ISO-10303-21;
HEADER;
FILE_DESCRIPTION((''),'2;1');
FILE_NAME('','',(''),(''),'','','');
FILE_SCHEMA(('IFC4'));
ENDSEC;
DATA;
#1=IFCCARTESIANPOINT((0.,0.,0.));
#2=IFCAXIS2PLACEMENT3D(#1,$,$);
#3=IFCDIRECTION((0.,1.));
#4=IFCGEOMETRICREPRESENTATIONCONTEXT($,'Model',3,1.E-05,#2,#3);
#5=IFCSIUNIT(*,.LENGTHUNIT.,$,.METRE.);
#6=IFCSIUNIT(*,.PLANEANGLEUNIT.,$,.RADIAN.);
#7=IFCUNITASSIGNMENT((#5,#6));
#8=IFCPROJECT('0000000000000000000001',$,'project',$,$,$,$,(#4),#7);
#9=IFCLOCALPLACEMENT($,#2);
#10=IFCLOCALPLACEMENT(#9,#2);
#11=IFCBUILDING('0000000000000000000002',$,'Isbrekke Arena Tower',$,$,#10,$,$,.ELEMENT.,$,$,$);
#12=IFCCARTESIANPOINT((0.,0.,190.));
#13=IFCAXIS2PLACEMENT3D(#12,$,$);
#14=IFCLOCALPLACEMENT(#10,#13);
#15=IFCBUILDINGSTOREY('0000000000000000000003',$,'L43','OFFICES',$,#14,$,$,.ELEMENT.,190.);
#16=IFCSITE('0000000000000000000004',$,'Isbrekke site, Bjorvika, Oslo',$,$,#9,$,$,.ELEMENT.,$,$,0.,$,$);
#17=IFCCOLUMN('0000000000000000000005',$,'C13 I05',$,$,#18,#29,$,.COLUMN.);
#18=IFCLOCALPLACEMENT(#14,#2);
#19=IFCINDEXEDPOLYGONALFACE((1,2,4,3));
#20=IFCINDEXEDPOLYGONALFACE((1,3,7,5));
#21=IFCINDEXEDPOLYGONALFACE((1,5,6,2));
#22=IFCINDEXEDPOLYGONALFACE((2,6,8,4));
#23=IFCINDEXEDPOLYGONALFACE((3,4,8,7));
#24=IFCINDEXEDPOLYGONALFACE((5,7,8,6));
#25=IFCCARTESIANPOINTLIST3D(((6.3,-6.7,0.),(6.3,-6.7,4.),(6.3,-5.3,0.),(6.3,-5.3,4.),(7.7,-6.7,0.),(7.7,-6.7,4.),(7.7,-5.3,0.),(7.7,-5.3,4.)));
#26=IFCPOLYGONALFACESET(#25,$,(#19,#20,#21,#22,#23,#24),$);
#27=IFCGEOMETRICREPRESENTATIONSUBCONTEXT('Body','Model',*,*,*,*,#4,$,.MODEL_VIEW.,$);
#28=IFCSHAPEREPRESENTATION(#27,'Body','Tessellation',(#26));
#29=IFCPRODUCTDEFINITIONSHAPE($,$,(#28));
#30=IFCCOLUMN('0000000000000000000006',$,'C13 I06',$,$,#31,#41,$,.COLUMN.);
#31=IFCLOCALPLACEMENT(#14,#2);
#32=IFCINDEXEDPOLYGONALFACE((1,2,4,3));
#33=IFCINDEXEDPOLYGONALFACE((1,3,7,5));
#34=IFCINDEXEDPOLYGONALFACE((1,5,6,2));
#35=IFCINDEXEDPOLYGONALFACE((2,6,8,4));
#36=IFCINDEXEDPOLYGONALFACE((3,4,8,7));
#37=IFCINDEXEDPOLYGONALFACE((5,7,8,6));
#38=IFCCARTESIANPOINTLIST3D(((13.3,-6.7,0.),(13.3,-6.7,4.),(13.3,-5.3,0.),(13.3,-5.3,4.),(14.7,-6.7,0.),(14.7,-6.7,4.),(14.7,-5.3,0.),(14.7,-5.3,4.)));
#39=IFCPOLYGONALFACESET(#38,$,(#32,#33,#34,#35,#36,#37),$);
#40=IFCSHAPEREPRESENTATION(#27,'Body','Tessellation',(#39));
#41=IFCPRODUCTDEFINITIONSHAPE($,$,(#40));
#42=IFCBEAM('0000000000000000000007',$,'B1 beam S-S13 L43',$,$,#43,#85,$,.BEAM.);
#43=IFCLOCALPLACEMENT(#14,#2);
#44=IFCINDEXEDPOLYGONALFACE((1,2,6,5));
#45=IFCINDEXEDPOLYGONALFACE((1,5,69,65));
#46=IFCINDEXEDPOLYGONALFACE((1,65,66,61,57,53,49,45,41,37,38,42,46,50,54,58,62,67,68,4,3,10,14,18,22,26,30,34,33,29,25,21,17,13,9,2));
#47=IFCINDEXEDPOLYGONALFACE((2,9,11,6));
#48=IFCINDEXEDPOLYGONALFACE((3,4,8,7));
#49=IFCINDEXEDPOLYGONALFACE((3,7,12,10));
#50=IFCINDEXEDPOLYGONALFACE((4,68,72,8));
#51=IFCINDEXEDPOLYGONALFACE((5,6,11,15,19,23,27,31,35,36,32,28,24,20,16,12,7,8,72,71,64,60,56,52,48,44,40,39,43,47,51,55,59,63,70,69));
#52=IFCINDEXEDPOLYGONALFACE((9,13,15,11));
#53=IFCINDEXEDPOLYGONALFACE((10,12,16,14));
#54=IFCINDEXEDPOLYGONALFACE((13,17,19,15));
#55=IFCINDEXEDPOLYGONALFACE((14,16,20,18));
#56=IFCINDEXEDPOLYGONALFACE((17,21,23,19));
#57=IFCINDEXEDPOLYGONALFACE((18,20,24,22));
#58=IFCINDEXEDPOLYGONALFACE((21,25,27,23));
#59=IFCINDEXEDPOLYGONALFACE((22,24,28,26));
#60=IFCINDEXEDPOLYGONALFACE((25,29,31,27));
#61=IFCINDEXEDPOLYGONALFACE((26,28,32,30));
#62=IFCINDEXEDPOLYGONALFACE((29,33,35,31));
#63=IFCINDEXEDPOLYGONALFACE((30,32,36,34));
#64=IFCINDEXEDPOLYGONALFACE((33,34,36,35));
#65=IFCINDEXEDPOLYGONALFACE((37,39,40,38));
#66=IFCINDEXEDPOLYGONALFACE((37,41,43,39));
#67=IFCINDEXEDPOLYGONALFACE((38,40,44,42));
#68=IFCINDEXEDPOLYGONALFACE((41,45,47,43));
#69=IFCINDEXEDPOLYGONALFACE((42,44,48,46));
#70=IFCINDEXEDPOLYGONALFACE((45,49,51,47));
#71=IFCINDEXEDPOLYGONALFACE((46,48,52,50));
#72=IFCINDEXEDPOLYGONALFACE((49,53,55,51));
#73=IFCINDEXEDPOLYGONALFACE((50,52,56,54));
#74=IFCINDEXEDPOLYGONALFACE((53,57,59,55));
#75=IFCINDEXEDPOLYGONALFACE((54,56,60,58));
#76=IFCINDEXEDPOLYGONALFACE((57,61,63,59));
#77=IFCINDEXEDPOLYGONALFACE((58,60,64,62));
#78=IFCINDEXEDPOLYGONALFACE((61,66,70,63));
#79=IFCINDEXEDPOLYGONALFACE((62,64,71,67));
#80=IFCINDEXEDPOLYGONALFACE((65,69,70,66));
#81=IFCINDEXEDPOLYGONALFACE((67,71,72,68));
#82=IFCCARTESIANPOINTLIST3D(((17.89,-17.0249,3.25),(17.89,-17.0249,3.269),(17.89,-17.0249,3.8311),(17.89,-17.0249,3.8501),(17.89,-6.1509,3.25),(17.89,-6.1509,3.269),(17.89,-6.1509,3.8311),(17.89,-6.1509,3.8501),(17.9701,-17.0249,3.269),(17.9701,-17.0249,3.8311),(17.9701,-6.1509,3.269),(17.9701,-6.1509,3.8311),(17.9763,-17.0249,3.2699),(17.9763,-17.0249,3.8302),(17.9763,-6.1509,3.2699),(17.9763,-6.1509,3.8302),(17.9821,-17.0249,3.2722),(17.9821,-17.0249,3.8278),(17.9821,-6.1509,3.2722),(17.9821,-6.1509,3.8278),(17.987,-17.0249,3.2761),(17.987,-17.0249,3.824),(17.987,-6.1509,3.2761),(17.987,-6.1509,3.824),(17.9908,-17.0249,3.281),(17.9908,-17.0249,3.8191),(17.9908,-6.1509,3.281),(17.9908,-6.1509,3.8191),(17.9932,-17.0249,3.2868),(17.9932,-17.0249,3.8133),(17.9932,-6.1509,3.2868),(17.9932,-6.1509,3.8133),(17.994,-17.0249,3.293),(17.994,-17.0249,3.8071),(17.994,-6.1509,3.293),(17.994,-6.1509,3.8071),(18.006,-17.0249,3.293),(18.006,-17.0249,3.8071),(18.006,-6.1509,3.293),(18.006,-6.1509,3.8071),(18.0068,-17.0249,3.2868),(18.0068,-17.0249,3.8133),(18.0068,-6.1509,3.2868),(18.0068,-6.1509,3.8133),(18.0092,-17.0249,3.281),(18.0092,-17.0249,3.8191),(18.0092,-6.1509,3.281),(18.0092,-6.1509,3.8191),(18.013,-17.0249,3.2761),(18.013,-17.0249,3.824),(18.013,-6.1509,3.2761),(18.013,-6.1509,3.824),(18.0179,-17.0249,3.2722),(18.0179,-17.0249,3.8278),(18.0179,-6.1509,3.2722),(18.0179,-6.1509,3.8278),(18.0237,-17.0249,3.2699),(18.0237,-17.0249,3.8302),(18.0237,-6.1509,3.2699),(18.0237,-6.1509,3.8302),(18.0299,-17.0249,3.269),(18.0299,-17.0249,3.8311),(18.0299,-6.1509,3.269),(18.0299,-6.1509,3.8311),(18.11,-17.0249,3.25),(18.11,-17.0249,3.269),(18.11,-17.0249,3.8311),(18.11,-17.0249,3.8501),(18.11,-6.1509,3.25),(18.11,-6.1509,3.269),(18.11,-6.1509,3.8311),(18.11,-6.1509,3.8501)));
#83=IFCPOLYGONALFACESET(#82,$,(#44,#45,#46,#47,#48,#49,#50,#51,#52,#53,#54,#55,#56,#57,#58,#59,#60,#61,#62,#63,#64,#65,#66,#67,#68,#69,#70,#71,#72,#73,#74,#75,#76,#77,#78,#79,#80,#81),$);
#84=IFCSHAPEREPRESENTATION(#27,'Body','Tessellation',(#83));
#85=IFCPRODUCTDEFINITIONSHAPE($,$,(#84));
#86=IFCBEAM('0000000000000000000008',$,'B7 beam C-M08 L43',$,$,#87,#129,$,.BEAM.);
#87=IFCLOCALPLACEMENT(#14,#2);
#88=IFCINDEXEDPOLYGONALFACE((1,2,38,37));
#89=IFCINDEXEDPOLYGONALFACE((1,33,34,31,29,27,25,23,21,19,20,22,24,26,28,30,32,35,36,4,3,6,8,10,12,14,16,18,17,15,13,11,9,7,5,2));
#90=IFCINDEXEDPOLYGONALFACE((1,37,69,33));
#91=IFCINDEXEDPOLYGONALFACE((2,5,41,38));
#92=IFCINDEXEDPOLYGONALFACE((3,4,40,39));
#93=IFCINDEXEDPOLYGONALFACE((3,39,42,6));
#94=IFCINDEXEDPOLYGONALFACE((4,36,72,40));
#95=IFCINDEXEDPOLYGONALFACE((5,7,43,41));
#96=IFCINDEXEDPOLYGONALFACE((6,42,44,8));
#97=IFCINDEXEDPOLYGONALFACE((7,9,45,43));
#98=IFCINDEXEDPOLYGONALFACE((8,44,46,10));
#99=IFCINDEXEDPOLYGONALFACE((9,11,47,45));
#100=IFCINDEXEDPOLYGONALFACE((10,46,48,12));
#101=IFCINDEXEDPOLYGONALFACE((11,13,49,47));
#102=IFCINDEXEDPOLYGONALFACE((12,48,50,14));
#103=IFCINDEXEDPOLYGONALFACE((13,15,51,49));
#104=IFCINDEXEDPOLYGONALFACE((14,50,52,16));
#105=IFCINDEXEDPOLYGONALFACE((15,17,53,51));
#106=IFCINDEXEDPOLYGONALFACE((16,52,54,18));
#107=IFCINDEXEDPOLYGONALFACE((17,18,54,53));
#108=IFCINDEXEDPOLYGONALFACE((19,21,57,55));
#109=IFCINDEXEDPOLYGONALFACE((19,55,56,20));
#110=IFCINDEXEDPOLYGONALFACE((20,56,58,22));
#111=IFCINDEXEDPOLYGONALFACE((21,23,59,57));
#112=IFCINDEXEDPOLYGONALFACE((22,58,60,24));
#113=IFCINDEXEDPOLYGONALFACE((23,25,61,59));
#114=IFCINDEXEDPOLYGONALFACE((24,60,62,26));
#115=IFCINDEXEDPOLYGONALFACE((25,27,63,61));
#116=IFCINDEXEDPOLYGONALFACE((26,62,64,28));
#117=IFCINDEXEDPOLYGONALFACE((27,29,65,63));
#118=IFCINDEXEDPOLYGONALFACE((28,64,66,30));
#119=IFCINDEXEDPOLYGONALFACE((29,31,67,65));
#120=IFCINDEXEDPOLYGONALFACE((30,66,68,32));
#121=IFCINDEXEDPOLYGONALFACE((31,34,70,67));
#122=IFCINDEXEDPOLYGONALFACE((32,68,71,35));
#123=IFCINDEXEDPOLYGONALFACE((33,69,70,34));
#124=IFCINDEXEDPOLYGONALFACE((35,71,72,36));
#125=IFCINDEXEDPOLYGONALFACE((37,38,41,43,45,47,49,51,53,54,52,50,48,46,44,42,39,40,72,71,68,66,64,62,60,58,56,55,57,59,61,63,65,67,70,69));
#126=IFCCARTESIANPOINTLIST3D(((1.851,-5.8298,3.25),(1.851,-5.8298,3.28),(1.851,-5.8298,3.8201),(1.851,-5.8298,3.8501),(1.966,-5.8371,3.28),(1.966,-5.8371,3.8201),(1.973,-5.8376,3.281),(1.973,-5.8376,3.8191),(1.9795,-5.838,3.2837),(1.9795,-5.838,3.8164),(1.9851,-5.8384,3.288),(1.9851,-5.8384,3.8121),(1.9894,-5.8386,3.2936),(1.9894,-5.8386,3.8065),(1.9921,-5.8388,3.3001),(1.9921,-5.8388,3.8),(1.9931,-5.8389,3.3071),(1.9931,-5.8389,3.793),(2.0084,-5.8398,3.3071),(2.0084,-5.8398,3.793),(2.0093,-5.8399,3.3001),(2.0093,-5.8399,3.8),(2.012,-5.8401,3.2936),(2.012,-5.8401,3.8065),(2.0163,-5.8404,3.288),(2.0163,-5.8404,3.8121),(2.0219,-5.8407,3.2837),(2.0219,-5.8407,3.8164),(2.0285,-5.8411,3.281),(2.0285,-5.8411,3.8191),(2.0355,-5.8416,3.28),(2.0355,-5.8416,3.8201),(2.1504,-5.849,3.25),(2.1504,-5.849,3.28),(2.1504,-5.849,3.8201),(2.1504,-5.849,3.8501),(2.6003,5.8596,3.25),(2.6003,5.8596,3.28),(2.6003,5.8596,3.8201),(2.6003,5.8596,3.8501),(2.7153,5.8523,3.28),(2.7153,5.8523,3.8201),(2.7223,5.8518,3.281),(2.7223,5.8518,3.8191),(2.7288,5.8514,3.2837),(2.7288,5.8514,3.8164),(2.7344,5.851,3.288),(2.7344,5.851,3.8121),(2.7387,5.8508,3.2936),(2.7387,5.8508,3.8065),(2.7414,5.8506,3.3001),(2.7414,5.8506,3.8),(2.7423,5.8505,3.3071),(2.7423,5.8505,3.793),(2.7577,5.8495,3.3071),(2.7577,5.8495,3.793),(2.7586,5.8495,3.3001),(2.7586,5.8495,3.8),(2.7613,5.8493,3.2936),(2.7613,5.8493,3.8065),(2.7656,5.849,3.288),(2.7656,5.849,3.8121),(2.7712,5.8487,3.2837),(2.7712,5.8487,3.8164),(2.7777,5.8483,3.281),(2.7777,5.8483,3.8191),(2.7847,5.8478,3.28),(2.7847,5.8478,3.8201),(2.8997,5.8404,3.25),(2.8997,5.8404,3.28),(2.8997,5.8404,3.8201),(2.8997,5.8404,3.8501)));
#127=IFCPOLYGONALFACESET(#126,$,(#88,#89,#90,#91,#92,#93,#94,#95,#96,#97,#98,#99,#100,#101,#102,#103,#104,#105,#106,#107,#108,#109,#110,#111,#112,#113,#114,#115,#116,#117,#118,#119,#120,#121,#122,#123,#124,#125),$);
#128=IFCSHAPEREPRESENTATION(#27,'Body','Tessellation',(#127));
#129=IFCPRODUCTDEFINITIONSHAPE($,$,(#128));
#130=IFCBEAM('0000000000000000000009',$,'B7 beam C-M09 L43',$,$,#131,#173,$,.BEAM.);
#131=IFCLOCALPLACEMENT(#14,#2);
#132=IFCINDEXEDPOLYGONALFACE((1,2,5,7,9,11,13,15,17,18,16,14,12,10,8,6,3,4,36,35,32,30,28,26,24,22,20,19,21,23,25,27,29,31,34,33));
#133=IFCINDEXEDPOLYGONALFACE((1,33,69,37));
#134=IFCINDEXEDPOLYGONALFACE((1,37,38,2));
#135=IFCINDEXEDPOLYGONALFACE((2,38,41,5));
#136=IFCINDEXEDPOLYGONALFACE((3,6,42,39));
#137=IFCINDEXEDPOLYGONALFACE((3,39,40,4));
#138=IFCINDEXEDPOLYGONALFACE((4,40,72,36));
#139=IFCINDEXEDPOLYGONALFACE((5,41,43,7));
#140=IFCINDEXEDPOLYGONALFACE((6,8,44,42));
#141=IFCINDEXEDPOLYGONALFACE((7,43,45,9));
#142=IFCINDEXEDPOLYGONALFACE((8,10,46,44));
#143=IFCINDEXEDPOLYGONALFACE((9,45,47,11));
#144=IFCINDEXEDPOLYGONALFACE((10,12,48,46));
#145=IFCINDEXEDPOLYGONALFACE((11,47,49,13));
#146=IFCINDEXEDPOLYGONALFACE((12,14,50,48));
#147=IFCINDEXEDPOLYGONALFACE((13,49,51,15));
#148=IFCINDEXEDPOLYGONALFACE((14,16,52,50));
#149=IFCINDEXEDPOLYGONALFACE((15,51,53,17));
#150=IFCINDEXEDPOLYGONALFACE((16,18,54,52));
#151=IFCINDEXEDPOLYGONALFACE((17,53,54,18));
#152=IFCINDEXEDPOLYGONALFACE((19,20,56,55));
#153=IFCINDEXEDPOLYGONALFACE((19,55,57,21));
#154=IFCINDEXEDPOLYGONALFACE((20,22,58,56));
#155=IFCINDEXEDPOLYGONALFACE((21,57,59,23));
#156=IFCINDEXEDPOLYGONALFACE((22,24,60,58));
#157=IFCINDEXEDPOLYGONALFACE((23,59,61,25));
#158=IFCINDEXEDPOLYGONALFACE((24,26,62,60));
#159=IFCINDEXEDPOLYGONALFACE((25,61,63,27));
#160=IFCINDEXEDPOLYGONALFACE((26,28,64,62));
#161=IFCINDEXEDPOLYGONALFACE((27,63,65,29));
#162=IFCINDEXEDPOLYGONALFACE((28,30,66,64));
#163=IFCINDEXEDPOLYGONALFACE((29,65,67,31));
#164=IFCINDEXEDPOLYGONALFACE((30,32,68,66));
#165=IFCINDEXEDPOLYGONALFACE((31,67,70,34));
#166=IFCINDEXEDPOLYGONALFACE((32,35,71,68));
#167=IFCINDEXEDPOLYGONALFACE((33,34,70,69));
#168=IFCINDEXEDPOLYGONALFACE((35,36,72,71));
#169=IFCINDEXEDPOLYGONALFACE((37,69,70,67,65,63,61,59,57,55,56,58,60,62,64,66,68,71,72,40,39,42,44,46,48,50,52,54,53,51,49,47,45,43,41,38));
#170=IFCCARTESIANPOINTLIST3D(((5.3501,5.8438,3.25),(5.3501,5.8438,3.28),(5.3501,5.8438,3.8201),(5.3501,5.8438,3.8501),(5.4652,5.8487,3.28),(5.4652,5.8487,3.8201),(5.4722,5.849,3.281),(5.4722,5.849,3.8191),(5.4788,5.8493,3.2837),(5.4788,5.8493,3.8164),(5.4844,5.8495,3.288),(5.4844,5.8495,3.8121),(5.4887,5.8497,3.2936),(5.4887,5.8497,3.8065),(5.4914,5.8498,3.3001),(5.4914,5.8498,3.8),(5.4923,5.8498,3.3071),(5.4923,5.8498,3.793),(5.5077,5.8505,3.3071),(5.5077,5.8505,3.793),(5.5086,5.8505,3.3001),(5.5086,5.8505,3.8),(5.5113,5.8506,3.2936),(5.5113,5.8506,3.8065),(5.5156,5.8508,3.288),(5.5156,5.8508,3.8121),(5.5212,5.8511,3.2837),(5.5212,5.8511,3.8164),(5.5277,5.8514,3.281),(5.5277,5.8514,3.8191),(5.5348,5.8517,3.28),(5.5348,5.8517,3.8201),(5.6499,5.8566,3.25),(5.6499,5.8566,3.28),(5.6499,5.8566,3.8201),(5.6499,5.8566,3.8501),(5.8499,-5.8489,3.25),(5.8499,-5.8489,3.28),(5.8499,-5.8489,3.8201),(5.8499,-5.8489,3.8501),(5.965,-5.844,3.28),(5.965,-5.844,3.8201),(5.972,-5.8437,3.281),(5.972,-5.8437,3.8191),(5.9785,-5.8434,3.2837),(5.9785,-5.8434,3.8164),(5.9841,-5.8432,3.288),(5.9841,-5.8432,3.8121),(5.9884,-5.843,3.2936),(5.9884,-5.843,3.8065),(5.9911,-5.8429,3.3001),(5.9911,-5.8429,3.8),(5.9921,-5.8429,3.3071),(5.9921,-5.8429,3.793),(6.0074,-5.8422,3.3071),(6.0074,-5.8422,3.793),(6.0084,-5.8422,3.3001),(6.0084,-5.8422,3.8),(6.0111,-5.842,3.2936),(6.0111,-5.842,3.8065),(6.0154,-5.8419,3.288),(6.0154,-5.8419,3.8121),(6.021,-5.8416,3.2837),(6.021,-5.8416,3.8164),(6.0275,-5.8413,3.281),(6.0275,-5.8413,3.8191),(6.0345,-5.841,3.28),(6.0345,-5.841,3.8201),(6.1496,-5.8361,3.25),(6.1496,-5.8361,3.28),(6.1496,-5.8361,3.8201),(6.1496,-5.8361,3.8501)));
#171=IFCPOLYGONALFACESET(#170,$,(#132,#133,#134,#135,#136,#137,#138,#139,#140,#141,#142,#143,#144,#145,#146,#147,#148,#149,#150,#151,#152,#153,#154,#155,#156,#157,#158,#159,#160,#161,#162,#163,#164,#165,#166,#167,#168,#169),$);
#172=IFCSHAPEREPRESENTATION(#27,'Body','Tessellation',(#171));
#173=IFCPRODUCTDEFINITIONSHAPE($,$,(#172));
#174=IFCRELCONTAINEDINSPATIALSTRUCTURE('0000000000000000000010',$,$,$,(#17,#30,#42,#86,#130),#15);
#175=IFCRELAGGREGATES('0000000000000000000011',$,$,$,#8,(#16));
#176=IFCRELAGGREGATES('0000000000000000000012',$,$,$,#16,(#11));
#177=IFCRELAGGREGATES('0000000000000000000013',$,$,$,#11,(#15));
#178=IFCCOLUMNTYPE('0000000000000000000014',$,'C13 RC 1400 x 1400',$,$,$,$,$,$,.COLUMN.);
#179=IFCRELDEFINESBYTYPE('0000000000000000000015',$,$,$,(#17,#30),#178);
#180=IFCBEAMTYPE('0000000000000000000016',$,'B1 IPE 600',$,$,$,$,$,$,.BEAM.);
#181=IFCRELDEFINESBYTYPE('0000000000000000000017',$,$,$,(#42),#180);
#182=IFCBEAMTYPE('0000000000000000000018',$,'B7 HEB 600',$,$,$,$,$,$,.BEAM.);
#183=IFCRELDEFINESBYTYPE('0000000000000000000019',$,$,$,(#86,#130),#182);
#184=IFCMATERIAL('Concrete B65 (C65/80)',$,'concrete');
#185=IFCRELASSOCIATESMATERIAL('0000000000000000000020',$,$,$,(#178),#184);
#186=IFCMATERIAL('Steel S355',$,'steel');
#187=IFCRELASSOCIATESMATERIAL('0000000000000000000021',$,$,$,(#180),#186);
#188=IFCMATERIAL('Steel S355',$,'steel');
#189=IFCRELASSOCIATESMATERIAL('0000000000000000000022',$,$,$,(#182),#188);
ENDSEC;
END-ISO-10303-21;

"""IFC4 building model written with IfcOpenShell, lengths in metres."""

from ifc_helpers import new_model, si_unit, direction, frame, origin, origin_2d, place, context, subcontext, project, spatial, rectangle, i_section, extrude, material, material_profile, profile_set, type_object, element, save


model = new_model("IFC4")

# Units and contexts
model_context = context("Model", 3, precision=1e-05, world=origin(), true_north=direction((0.0, 1.0)))
body_context = subcontext(model_context, "Body", "Model", "MODEL_VIEW")
ifc_project = project(units=[si_unit("LENGTHUNIT", "METRE"), si_unit("PLANEANGLEUNIT", "RADIAN")], contexts=[model_context])

# Site, building, storey
site_placement = place(None, origin())
site = spatial("IfcSite", under=ifc_project, at=site_placement, Name="Isbrekke site, Bjorvika, Oslo", CompositionType="ELEMENT", RefElevation=0.0)
building_placement = place(site_placement, origin())
building = spatial("IfcBuilding", under=site, at=building_placement, Name="Isbrekke Arena Tower", CompositionType="ELEMENT")
storey_placement = place(building_placement, frame((0.0, 0.0, 190.0)))
storey = spatial("IfcBuildingStorey", under=building, at=storey_placement, Name="L43", Description="OFFICES", CompositionType="ELEMENT", Elevation=190.0)

# Columns
ifc_material_1 = material(Name="Concrete B65 (C65/80)", Category="concrete")
ifc_material_profile_1 = material_profile(ifc_material_1, rectangle(XDim=1.3999, YDim=1.3999, at=origin_2d()), Name="RC 1400x1400")
ifc_profile_set_1 = profile_set([ifc_material_profile_1], Name="Concrete B65 (C65/80)")
column_type = type_object("IfcColumnType", Name="C13 RC 1400 x 1400", PredefinedType="COLUMN", material=ifc_profile_set_1)
for number, where, z_axis, x_axis, name in (
    (1, (7.0, -6.0, 0.0), (0.0, 0.0, 1.0), (1.0, 0.0, 0.0), "C13 I05"),
    (2, (14.0, -6.0, 0.0), (0.0, 0.0, 1.0), (1.0, 0.0, 0.0), "C13 I06"),
):
    element("IfcColumn", number, at=place(storey_placement, frame(where, z_axis=z_axis, x_axis=x_axis)), inside=storey, type_object=column_type, Name=name, PredefinedType="COLUMN", context=body_context, shape_type="SweptSolid", body=[
        extrude(rectangle(XDim=1.3999, YDim=1.3999, at=origin_2d()), origin(), (0.0, 0.0, 1.0), 4.0),
    ])

# Beams
ifc_material_2 = material(Name="Steel S355", Category="steel")
ifc_material_profile_2 = material_profile(ifc_material_2, i_section(OverallWidth=0.22, OverallDepth=0.6001, WebThickness=0.012, FlangeThickness=0.019, FilletRadius=0.0239, at=origin_2d()), Name="IPE 600")
ifc_profile_set_2 = profile_set([ifc_material_profile_2], Name="Steel S355")
beam_type_1 = type_object("IfcBeamType", Name="B1 IPE 600", PredefinedType="BEAM", material=ifc_profile_set_2)
beam_1_placement = place(storey_placement, frame((18.0, -17.0249, 3.55), z_axis=(0.0, 1.0, 0.0), x_axis=(-1.0, 0.0, 0.0)))
element("IfcBeam", 3, at=beam_1_placement, inside=storey, type_object=beam_type_1, Name="B1 beam S-S13 L43", PredefinedType="BEAM", context=body_context, shape_type="SweptSolid", body=[
    extrude(i_section(OverallWidth=0.22, OverallDepth=0.6001, WebThickness=0.012, FlangeThickness=0.019, FilletRadius=0.0239, at=origin_2d()), origin(), (0.0, 0.0, 1.0), 10.874),
])
ifc_material_3 = material(Name="Steel S355", Category="steel")
ifc_material_profile_3 = material_profile(ifc_material_3, i_section(OverallWidth=0.3, OverallDepth=0.6001, WebThickness=0.0154, FlangeThickness=0.03, FilletRadius=0.0271, at=origin_2d()), Name="HEB 600")
ifc_profile_set_3 = profile_set([ifc_material_profile_3], Name="Steel S355")
beam_type_2 = type_object("IfcBeamType", Name="B7 HEB 600", PredefinedType="BEAM", material=ifc_profile_set_3)
beam_2_placement = place(storey_placement, frame((2.0007, -5.8394, 3.55), z_axis=(0.063966, 0.997952, 0.0), x_axis=(-0.997952, 0.063966, 0.0)))
element("IfcBeam", 4, at=beam_2_placement, inside=storey, type_object=beam_type_2, Name="B7 beam C-M08 L43", PredefinedType="BEAM", context=body_context, shape_type="SweptSolid", body=[
    extrude(i_section(OverallWidth=0.3, OverallDepth=0.6001, WebThickness=0.0154, FlangeThickness=0.03, FilletRadius=0.0271, at=origin_2d()), origin(), (0.0, 0.0, 1.0), 11.7134),
])
beam_3_placement = place(storey_placement, frame((5.9998, -5.8425, 3.55), z_axis=(-0.042702, 0.999088, 0.0), x_axis=(-0.999088, -0.042702, 0.0)))
element("IfcBeam", 5, at=beam_3_placement, inside=storey, type_object=beam_type_2, Name="B7 beam C-M09 L43", PredefinedType="BEAM", context=body_context, shape_type="SweptSolid", body=[
    extrude(i_section(OverallWidth=0.3, OverallDepth=0.6001, WebThickness=0.0154, FlangeThickness=0.03, FilletRadius=0.0271, at=origin_2d()), origin(), (0.0, 0.0, 1.0), 11.7034),
])

save(model, "model.ifc")
